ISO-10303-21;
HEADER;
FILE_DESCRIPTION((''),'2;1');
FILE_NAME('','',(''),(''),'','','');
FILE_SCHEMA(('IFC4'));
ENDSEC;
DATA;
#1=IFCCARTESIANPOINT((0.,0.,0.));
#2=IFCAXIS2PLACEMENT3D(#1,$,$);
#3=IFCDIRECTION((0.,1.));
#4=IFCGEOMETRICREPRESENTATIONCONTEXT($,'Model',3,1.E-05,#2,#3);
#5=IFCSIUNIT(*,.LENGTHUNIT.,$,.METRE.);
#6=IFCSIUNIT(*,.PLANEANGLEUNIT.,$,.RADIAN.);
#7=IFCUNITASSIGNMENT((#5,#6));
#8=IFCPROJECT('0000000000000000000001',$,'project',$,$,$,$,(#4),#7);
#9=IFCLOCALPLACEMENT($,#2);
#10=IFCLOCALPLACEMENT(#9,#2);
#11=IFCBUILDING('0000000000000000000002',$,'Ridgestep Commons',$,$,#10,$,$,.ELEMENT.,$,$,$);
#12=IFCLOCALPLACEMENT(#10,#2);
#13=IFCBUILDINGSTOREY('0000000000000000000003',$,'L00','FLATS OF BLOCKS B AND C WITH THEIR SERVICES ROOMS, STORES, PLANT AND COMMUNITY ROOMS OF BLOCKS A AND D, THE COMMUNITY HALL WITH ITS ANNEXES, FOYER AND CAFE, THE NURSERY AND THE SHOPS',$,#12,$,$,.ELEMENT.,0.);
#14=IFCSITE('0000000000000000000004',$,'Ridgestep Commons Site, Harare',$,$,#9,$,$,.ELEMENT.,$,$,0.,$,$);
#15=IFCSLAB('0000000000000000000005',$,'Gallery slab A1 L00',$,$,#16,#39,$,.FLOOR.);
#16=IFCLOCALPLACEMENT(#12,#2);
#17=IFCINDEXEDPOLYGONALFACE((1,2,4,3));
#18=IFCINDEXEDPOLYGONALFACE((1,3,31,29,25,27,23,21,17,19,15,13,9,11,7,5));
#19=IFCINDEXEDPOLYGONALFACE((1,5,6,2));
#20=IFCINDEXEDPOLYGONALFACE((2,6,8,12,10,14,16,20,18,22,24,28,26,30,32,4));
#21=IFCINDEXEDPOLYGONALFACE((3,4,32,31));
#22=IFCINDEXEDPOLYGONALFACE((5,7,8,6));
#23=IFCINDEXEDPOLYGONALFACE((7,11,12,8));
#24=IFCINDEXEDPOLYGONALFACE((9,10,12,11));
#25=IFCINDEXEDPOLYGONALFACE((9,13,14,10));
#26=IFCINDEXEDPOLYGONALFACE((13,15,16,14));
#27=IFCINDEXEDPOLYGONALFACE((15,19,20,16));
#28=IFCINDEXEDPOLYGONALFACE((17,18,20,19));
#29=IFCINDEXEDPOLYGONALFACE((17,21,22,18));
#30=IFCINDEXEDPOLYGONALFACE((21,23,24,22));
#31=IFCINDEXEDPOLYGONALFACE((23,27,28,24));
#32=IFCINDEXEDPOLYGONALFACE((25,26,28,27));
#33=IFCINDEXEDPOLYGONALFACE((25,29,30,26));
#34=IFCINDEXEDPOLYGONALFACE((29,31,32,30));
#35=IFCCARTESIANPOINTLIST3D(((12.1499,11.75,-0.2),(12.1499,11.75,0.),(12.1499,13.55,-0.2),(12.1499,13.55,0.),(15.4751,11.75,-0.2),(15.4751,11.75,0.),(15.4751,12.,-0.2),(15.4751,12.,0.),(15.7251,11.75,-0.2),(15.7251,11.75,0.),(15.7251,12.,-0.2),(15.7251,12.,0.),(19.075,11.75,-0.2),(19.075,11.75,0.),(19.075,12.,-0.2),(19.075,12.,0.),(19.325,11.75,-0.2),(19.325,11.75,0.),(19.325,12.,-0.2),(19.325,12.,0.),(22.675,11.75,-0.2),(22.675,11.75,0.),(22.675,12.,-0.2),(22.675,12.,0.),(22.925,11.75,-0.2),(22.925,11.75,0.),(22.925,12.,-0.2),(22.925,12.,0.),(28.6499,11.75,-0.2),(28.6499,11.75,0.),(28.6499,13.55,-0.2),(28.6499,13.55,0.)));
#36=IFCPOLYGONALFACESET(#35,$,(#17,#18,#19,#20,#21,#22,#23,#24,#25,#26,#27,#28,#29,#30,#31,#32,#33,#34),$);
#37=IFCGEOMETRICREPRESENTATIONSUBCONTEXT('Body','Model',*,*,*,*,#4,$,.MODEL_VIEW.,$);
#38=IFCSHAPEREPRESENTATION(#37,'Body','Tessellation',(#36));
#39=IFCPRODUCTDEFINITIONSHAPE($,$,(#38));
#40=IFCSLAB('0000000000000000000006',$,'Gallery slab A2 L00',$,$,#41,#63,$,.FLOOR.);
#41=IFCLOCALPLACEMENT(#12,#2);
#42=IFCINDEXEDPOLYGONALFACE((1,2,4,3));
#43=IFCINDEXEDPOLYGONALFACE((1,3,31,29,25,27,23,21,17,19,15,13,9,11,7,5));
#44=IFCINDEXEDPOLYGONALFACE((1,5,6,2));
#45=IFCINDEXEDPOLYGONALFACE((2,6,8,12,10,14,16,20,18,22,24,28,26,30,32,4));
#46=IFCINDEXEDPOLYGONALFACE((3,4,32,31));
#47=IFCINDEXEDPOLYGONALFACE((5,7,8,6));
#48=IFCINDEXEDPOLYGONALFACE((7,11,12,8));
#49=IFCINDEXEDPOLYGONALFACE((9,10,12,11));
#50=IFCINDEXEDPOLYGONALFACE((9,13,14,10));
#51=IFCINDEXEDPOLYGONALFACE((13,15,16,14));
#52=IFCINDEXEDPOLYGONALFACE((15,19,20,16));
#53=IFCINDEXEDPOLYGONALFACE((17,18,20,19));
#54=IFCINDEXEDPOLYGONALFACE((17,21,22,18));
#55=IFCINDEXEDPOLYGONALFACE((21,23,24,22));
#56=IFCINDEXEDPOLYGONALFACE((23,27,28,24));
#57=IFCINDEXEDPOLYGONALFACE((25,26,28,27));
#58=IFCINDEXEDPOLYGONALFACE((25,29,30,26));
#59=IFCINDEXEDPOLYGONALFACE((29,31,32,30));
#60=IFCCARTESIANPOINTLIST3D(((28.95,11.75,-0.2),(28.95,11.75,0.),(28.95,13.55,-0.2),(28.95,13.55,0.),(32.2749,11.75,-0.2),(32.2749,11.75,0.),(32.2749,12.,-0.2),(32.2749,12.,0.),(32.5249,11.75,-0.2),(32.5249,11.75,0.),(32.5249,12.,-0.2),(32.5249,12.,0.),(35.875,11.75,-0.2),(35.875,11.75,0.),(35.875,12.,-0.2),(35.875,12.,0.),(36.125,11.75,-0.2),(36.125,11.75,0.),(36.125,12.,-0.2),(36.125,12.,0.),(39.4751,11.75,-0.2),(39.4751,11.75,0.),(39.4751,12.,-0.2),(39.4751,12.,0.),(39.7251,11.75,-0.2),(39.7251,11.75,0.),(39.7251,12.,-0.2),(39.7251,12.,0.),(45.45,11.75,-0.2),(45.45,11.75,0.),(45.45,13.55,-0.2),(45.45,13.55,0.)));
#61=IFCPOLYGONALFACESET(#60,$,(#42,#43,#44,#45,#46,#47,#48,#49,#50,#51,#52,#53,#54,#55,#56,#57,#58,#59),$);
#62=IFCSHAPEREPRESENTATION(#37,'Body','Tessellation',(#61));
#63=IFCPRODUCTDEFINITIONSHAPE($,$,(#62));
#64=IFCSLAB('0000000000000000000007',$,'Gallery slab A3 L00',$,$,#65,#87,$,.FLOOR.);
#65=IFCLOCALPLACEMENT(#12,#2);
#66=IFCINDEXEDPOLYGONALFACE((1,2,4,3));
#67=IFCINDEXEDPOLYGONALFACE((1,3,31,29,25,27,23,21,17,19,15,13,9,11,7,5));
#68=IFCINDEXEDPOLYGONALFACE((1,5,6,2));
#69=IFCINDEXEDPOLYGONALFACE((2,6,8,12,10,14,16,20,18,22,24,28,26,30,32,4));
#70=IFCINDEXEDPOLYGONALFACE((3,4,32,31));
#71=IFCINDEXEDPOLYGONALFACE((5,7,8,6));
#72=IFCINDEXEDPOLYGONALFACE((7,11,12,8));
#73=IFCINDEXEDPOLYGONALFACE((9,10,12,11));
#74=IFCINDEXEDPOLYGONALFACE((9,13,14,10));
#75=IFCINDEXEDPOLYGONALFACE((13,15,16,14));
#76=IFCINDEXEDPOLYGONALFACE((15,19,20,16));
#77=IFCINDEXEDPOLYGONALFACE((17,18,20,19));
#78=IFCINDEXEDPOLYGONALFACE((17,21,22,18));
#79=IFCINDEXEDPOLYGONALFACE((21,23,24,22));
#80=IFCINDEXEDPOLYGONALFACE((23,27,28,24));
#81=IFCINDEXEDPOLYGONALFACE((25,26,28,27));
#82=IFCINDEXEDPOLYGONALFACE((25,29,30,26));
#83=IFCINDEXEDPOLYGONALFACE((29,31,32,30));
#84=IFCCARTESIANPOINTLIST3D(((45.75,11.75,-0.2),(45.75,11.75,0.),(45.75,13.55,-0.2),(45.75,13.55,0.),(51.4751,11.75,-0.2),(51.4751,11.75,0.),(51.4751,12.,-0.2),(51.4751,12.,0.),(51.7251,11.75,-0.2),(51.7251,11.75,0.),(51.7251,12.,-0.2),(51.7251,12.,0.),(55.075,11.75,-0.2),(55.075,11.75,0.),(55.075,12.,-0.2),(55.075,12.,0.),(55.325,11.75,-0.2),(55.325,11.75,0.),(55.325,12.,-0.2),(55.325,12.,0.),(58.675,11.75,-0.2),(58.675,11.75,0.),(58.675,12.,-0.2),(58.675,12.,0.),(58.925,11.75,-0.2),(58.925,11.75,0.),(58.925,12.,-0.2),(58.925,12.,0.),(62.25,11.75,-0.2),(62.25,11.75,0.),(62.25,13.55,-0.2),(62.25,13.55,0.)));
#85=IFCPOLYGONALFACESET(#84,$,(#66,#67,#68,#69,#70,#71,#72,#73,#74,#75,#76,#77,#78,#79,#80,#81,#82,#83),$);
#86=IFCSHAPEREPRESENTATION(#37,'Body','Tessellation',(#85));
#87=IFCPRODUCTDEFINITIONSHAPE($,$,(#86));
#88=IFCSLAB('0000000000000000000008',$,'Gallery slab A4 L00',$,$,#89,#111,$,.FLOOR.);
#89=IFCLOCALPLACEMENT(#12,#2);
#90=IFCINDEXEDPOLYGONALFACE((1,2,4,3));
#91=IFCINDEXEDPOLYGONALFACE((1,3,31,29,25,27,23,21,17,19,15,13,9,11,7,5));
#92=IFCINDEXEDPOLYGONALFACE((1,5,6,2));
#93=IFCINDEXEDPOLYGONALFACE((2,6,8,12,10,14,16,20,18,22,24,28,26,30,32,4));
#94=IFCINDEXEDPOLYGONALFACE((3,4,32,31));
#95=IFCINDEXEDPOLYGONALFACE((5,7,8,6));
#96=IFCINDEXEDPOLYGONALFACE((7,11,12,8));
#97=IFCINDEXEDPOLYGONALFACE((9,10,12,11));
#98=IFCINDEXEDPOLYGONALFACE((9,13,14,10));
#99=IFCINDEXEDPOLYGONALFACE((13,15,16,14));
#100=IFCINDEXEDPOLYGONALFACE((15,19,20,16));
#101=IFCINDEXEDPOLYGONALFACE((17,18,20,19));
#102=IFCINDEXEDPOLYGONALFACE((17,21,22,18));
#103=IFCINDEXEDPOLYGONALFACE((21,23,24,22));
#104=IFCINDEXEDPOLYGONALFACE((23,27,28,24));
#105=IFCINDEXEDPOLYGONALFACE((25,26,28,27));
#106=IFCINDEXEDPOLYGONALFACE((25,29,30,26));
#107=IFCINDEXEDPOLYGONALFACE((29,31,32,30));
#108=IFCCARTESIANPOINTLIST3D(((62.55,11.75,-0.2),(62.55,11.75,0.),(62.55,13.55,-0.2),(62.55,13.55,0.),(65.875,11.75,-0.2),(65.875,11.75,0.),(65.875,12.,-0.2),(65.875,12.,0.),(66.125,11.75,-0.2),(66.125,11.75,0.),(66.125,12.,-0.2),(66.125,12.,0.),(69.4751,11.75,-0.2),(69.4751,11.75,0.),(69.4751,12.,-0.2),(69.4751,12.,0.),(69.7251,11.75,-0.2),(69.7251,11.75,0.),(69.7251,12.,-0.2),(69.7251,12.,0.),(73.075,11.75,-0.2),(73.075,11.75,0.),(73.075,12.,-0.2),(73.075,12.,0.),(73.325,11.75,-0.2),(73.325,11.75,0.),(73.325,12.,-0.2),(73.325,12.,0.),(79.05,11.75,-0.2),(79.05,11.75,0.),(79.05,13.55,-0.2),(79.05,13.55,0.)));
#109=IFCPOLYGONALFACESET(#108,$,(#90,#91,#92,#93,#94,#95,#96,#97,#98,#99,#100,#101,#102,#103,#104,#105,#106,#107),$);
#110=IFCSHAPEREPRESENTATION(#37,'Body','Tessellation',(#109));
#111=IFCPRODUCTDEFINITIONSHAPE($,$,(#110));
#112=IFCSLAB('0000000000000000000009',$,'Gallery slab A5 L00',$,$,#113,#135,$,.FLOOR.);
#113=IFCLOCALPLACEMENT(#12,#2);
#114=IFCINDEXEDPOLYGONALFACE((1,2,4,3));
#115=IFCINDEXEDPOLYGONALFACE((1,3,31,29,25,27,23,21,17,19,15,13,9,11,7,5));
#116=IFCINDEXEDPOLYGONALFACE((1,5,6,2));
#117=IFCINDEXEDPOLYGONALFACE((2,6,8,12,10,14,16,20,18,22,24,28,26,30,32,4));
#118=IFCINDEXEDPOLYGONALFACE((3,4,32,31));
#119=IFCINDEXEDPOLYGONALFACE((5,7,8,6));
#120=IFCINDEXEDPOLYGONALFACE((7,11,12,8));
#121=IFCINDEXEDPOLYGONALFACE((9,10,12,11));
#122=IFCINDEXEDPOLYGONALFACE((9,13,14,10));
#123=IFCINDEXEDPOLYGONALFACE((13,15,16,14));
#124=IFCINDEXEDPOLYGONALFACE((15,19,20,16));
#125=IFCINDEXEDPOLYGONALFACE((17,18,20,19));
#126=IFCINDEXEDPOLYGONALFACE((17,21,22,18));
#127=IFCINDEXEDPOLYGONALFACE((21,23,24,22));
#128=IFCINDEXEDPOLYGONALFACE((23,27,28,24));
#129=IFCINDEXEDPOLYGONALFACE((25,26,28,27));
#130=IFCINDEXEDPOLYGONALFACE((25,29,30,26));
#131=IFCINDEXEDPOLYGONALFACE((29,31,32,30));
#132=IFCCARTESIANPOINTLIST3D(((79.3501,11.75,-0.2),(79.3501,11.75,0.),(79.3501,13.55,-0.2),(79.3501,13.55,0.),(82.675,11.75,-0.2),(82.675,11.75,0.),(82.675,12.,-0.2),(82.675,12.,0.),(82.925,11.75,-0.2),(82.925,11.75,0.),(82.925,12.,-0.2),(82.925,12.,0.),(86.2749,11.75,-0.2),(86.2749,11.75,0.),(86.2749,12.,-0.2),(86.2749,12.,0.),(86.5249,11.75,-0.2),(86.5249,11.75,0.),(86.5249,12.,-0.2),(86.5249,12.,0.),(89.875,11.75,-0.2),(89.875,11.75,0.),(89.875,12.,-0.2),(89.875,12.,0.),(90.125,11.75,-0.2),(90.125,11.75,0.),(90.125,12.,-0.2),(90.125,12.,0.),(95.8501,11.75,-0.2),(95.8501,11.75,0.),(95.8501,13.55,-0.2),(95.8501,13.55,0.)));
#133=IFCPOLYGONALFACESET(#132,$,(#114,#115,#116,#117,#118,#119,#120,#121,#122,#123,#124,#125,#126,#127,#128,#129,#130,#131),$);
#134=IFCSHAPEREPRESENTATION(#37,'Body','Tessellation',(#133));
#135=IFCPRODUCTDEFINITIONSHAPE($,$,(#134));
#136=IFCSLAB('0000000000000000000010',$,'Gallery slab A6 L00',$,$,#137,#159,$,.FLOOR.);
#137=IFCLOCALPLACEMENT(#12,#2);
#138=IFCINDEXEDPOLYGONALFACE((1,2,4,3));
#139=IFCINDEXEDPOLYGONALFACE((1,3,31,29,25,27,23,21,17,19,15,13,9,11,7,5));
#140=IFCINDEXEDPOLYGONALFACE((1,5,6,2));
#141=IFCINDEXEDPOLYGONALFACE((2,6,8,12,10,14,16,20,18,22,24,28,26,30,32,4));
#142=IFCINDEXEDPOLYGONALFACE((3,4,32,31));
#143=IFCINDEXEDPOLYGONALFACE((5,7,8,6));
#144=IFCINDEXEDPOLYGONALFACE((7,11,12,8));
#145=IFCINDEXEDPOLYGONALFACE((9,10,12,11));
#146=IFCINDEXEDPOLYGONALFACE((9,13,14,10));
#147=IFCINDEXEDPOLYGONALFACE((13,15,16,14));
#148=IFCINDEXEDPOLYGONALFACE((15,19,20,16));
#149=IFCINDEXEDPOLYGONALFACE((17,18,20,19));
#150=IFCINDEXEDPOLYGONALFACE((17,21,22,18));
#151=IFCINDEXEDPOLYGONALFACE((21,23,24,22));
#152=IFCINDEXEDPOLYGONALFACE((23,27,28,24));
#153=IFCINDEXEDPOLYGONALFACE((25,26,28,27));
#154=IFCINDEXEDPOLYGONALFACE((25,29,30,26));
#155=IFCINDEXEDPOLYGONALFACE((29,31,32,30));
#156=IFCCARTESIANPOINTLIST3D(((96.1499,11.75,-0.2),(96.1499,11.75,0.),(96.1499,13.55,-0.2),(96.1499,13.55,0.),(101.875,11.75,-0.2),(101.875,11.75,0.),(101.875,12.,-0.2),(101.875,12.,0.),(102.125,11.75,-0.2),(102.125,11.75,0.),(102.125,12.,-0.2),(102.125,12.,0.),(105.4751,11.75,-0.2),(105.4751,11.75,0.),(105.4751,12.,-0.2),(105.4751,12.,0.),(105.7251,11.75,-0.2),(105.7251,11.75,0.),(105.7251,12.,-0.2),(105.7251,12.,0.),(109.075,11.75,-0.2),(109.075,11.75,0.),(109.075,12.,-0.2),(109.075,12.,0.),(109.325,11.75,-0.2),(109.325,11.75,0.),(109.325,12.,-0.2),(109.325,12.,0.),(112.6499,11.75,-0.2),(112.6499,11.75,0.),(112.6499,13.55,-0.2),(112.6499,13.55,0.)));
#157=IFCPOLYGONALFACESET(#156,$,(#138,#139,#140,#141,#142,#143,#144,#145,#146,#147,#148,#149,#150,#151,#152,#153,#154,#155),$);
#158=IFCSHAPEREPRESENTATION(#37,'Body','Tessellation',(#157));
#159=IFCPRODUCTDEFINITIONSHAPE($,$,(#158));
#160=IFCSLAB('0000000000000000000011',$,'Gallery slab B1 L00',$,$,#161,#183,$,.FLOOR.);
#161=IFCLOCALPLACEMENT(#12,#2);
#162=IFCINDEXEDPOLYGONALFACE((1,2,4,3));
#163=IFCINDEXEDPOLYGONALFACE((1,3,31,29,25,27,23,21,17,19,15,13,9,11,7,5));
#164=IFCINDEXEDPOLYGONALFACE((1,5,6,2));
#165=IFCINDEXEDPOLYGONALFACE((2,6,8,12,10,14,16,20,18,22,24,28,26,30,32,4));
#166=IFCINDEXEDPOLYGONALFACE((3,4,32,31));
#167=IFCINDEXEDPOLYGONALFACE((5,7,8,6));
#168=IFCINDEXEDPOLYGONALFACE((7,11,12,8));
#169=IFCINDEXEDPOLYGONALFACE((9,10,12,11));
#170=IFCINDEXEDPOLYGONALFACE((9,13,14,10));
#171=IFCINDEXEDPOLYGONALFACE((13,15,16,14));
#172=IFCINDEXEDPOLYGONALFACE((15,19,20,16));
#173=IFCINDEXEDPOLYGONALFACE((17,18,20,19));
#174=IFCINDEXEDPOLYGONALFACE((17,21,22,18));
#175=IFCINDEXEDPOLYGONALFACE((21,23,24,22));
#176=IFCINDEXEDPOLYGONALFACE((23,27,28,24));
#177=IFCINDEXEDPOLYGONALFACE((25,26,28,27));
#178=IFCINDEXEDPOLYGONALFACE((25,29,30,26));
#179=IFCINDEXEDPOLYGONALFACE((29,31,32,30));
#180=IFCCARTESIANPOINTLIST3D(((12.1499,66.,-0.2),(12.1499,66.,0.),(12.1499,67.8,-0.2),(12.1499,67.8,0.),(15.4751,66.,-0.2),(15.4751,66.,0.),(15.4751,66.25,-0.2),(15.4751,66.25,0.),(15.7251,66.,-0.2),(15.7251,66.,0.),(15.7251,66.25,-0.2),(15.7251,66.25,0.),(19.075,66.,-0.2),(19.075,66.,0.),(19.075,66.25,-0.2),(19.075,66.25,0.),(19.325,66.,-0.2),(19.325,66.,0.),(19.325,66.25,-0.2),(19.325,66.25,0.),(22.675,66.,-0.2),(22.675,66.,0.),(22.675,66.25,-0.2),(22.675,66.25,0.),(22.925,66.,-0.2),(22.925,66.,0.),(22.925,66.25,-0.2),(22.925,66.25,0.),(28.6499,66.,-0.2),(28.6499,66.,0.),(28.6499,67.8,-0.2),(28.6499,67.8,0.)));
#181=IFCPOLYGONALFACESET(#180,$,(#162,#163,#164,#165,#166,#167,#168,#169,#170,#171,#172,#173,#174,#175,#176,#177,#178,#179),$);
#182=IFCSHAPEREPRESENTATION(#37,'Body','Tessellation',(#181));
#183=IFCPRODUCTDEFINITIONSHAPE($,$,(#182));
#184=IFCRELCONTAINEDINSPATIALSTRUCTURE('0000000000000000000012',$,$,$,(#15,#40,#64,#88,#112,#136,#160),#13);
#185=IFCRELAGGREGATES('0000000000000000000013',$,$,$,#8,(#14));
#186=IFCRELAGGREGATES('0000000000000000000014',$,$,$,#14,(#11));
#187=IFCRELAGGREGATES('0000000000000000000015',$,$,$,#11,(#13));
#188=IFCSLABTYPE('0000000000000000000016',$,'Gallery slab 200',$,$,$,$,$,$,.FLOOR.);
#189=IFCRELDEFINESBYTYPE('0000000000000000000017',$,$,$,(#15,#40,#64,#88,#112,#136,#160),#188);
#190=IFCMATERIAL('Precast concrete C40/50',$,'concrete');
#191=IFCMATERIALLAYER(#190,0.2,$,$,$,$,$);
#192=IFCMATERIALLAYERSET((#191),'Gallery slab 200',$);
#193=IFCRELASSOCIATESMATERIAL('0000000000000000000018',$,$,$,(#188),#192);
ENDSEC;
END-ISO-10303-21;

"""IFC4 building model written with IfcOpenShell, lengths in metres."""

from ifc_helpers import new_model, si_unit, direction, frame, origin, place, context, subcontext, project, spatial, polyline, outline, extrude, material, layer, layer_set, type_object, element, save


model = new_model("IFC4")

# Units and contexts
model_context = context("Model", 3, precision=1e-05, world=origin(), true_north=direction((0.0, 1.0)))
body_context = subcontext(model_context, "Body", "Model", "MODEL_VIEW")
ifc_project = project(units=[si_unit("LENGTHUNIT", "METRE"), si_unit("PLANEANGLEUNIT", "RADIAN")], contexts=[model_context])

# Site, building, storey
site_placement = place(None, origin())
site = spatial("IfcSite", under=ifc_project, at=site_placement, Name="Ridgestep Commons Site, Harare", CompositionType="ELEMENT", RefElevation=0.0)
building_placement = place(site_placement, origin())
building = spatial("IfcBuilding", under=site, at=building_placement, Name="Ridgestep Commons", CompositionType="ELEMENT")
storey_placement = place(building_placement, origin())
storey = spatial("IfcBuildingStorey", under=building, at=storey_placement, Name="L00", Description="FLATS OF BLOCKS B AND C WITH THEIR SERVICES ROOMS, STORES, PLANT AND COMMUNITY ROOMS OF BLOCKS A AND D, THE COMMUNITY HALL WITH ITS ANNEXES, FOYER AND CAFE, THE NURSERY AND THE SHOPS", CompositionType="ELEMENT", Elevation=0.0)

# Slabs
ifc_material_1 = material(Name="Precast concrete C40/50", Category="concrete")
ifc_layer_1 = layer(ifc_material_1, 0.2)
ifc_layer_set_1 = layer_set([ifc_layer_1], Name="Gallery slab 200")
slab_type_1 = type_object("IfcSlabType", Name="Gallery slab 200", PredefinedType="FLOOR", material=ifc_layer_set_1)
slab_1_placement = place(storey_placement, frame((0.0, 0.0, -0.2)))
element("IfcSlab", 1, at=slab_1_placement, inside=storey, type_object=slab_type_1, Name="Gallery slab A1 L00", PredefinedType="FLOOR", context=body_context, shape_type="SweptSolid", body=[
    extrude(outline(polyline([(28.6499, 13.55), (12.1499, 13.55), (12.1499, 11.75), (15.4751, 11.75), (15.4751, 12.0), (15.7251, 12.0), (15.7251, 11.75), (19.075, 11.75), (19.075, 12.0), (19.325, 12.0), (19.325, 11.75), (22.675, 11.75), (22.675, 12.0), (22.925, 12.0), (22.925, 11.75), (28.6499, 11.75), (28.6499, 13.55)])), origin(), (0.0, 0.0, 1.0), 0.2),
])
slab_2_placement = place(storey_placement, frame((0.0, 0.0, -0.2)))
element("IfcSlab", 2, at=slab_2_placement, inside=storey, type_object=slab_type_1, Name="Gallery slab A2 L00", PredefinedType="FLOOR", context=body_context, shape_type="SweptSolid", body=[
    extrude(outline(polyline([(45.45, 13.55), (28.95, 13.55), (28.95, 11.75), (32.2749, 11.75), (32.2749, 12.0), (32.5249, 12.0), (32.5249, 11.75), (35.875, 11.75), (35.875, 12.0), (36.125, 12.0), (36.125, 11.75), (39.4751, 11.75), (39.4751, 12.0), (39.7251, 12.0), (39.7251, 11.75), (45.45, 11.75), (45.45, 13.55)])), origin(), (0.0, 0.0, 1.0), 0.2),
])
slab_3_placement = place(storey_placement, frame((0.0, 0.0, -0.2)))
element("IfcSlab", 3, at=slab_3_placement, inside=storey, type_object=slab_type_1, Name="Gallery slab A3 L00", PredefinedType="FLOOR", context=body_context, shape_type="SweptSolid", body=[
    extrude(outline(polyline([(62.25, 13.55), (45.75, 13.55), (45.75, 11.75), (51.4751, 11.75), (51.4751, 12.0), (51.7251, 12.0), (51.7251, 11.75), (55.075, 11.75), (55.075, 12.0), (55.325, 12.0), (55.325, 11.75), (58.675, 11.75), (58.675, 12.0), (58.925, 12.0), (58.925, 11.75), (62.25, 11.75), (62.25, 13.55)])), origin(), (0.0, 0.0, 1.0), 0.2),
])
slab_4_placement = place(storey_placement, frame((0.0, 0.0, -0.2)))
element("IfcSlab", 4, at=slab_4_placement, inside=storey, type_object=slab_type_1, Name="Gallery slab A4 L00", PredefinedType="FLOOR", context=body_context, shape_type="SweptSolid", body=[
    extrude(outline(polyline([(79.05, 13.55), (62.55, 13.55), (62.55, 11.75), (65.875, 11.75), (65.875, 12.0), (66.125, 12.0), (66.125, 11.75), (69.4751, 11.75), (69.4751, 12.0), (69.7251, 12.0), (69.7251, 11.75), (73.075, 11.75), (73.075, 12.0), (73.325, 12.0), (73.325, 11.75), (79.05, 11.75), (79.05, 13.55)])), origin(), (0.0, 0.0, 1.0), 0.2),
])
slab_5_placement = place(storey_placement, frame((0.0, 0.0, -0.2)))
element("IfcSlab", 5, at=slab_5_placement, inside=storey, type_object=slab_type_1, Name="Gallery slab A5 L00", PredefinedType="FLOOR", context=body_context, shape_type="SweptSolid", body=[
    extrude(outline(polyline([(95.8501, 13.55), (79.3501, 13.55), (79.3501, 11.75), (82.675, 11.75), (82.675, 12.0), (82.925, 12.0), (82.925, 11.75), (86.2749, 11.75), (86.2749, 12.0), (86.5249, 12.0), (86.5249, 11.75), (89.875, 11.75), (89.875, 12.0), (90.125, 12.0), (90.125, 11.75), (95.8501, 11.75), (95.8501, 13.55)])), origin(), (0.0, 0.0, 1.0), 0.2),
])
slab_6_placement = place(storey_placement, frame((0.0, 0.0, -0.2)))
element("IfcSlab", 6, at=slab_6_placement, inside=storey, type_object=slab_type_1, Name="Gallery slab A6 L00", PredefinedType="FLOOR", context=body_context, shape_type="SweptSolid", body=[
    extrude(outline(polyline([(112.6499, 13.55), (96.1499, 13.55), (96.1499, 11.75), (101.875, 11.75), (101.875, 12.0), (102.125, 12.0), (102.125, 11.75), (105.4751, 11.75), (105.4751, 12.0), (105.7251, 12.0), (105.7251, 11.75), (109.075, 11.75), (109.075, 12.0), (109.325, 12.0), (109.325, 11.75), (112.6499, 11.75), (112.6499, 13.55)])), origin(), (0.0, 0.0, 1.0), 0.2),
])
slab_7_placement = place(storey_placement, frame((0.0, 0.0, -0.2)))
element("IfcSlab", 7, at=slab_7_placement, inside=storey, type_object=slab_type_1, Name="Gallery slab B1 L00", PredefinedType="FLOOR", context=body_context, shape_type="SweptSolid", body=[
    extrude(outline(polyline([(28.6499, 67.8), (12.1499, 67.8), (12.1499, 66.0), (15.4751, 66.0), (15.4751, 66.25), (15.7251, 66.25), (15.7251, 66.0), (19.075, 66.0), (19.075, 66.25), (19.325, 66.25), (19.325, 66.0), (22.675, 66.0), (22.675, 66.25), (22.925, 66.25), (22.925, 66.0), (28.6499, 66.0), (28.6499, 67.8)])), origin(), (0.0, 0.0, 1.0), 0.2),
])

save(model, "model.ifc")
